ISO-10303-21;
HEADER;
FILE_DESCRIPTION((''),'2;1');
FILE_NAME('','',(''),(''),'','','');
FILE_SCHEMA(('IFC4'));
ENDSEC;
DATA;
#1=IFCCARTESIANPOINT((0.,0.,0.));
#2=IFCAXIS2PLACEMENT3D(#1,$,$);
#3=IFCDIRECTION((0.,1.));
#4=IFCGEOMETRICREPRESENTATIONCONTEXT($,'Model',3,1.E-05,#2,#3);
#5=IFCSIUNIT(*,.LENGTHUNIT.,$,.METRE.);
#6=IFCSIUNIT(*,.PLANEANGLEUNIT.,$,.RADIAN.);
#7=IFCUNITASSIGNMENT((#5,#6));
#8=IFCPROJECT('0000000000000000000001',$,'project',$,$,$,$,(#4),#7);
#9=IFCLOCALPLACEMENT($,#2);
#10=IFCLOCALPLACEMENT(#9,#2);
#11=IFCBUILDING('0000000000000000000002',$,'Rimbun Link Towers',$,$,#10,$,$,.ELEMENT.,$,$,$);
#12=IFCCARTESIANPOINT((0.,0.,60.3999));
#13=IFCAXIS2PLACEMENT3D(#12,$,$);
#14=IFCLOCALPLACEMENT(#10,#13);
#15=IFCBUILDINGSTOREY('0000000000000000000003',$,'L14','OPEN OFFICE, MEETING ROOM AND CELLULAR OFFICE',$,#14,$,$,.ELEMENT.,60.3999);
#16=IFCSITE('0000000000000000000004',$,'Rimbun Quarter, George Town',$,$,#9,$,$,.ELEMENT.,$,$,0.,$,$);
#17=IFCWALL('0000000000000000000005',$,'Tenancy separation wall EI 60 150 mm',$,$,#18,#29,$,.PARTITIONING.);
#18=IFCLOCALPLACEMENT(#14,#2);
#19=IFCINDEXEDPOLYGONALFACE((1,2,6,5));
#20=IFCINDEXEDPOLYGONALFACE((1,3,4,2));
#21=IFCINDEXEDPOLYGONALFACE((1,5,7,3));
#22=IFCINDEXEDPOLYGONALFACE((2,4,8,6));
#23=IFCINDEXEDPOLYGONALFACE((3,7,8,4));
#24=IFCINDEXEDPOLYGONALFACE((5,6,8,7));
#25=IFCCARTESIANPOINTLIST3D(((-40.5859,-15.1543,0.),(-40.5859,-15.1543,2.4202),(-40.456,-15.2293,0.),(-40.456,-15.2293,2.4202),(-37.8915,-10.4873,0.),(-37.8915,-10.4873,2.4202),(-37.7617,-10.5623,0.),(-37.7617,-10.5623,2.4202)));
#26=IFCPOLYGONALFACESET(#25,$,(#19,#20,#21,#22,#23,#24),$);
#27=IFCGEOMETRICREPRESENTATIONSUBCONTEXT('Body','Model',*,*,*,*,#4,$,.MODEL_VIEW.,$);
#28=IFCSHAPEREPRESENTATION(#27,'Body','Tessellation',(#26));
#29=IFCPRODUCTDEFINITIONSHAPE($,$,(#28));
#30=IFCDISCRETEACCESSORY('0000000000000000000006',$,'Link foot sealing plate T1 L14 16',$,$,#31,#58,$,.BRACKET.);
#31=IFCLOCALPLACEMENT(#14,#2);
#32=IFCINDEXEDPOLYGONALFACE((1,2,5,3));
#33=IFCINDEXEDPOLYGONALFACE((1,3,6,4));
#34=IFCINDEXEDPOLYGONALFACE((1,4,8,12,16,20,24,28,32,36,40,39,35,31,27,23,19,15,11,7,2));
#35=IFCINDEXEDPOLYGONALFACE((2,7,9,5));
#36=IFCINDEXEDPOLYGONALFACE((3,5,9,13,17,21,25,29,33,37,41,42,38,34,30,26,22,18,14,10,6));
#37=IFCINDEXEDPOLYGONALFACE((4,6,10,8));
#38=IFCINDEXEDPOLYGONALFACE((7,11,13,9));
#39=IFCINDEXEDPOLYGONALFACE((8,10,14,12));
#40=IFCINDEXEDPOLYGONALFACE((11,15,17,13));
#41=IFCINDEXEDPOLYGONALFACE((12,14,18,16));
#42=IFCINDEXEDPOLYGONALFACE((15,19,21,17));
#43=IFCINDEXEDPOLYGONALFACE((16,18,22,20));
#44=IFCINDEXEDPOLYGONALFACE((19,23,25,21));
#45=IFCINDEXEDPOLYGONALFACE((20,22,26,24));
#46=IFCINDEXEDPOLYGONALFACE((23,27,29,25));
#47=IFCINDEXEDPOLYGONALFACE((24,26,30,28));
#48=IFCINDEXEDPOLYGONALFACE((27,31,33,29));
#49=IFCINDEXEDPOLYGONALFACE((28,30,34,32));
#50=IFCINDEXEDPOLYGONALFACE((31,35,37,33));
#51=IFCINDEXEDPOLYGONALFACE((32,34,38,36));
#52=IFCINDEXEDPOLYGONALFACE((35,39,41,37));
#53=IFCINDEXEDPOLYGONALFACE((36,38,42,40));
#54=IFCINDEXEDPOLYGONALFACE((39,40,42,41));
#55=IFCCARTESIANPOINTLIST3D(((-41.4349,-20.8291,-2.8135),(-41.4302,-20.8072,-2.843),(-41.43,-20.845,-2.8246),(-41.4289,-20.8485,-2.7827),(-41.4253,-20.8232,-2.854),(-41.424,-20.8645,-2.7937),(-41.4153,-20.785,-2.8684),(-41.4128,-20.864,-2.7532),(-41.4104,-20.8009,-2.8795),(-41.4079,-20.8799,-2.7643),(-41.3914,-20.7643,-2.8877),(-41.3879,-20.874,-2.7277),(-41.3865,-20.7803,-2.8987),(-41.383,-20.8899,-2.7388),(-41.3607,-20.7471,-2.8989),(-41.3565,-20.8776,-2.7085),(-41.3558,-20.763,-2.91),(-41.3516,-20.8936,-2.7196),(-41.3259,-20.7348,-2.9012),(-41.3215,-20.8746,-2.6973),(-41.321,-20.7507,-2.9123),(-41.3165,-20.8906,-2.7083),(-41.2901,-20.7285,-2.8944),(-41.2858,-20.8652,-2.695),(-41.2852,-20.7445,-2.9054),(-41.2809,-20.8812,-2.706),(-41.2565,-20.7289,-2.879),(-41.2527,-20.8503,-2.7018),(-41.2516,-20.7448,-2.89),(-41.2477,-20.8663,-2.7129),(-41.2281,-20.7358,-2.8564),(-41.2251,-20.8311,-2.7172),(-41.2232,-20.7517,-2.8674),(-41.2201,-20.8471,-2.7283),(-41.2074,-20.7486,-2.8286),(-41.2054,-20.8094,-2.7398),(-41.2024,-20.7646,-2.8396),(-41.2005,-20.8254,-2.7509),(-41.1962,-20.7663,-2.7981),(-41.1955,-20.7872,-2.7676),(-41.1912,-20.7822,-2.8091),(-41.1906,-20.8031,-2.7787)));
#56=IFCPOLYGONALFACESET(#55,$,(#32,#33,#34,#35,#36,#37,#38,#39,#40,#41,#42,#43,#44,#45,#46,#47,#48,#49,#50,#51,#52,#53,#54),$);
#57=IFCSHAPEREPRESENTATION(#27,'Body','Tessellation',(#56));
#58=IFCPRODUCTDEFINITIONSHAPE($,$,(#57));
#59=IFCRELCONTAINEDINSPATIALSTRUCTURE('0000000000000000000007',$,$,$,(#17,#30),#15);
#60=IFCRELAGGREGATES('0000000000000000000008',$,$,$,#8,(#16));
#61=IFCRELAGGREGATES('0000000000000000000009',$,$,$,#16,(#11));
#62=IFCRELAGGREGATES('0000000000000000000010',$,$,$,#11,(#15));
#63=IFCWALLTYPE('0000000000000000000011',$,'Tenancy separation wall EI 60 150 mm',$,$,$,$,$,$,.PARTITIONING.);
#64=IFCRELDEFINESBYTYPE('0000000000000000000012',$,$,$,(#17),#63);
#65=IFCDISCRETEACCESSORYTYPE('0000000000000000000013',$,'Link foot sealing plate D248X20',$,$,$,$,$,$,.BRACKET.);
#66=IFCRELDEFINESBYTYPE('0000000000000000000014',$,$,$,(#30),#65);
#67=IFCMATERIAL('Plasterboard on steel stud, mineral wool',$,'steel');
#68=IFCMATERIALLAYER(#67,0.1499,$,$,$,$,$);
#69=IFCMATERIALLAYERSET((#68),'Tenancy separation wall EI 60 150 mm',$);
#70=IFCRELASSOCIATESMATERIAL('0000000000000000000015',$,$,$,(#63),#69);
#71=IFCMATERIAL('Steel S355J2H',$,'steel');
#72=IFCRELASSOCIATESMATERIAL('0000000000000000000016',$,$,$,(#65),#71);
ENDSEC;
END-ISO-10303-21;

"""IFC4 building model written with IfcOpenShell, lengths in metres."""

from ifc_helpers import new_model, si_unit, direction, frame, frame_2d, origin, origin_2d, place, context, subcontext, project, spatial, rectangle, circle, extrude, material, layer, layer_set, material_profile, profile_set, type_object, element, save


model = new_model("IFC4")

# Units and contexts
model_context = context("Model", 3, precision=1e-05, world=origin(), true_north=direction((0.0, 1.0)))
body_context = subcontext(model_context, "Body", "Model", "MODEL_VIEW")
ifc_project = project(units=[si_unit("LENGTHUNIT", "METRE"), si_unit("PLANEANGLEUNIT", "RADIAN")], contexts=[model_context])

# Site, building, storey
site_placement = place(None, origin())
site = spatial("IfcSite", under=ifc_project, at=site_placement, Name="Rimbun Quarter, George Town", CompositionType="ELEMENT", RefElevation=0.0)
building_placement = place(site_placement, origin())
building = spatial("IfcBuilding", under=site, at=building_placement, Name="Rimbun Link Towers", CompositionType="ELEMENT")
storey_placement = place(building_placement, frame((0.0, 0.0, 60.3999)))
storey = spatial("IfcBuildingStorey", under=building, at=storey_placement, Name="L14", Description="OPEN OFFICE, MEETING ROOM AND CELLULAR OFFICE", CompositionType="ELEMENT", Elevation=60.3999)

# Wall
ifc_material_1 = material(Name="Plasterboard on steel stud, mineral wool", Category="steel")
ifc_layer_1 = layer(ifc_material_1, 0.1499)
ifc_layer_set_1 = layer_set([ifc_layer_1], Name="Tenancy separation wall EI 60 150 mm")
wall_type_1 = type_object("IfcWallType", Name="Tenancy separation wall EI 60 150 mm", PredefinedType="PARTITIONING", material=ifc_layer_set_1)
wall_1_placement = place(storey_placement, frame((-37.8267, -10.5249, 0.0), z_axis=(0.0, 0.0, 1.0), x_axis=(-0.499979, -0.866038, 0.0)))
element("IfcWall", 1, at=wall_1_placement, inside=storey, type_object=wall_type_1, Name="Tenancy separation wall EI 60 150 mm", PredefinedType="PARTITIONING", context=body_context, shape_type="SweptSolid", body=[
    extrude(rectangle(XDim=5.3889, YDim=0.1499, at=frame_2d((2.6943, 0.0))), origin(), (0.0, 0.0, 1.0), 2.4202),
])

# Discrete accessory
ifc_material_2 = material(Name="Steel S355J2H", Category="steel")
ifc_material_profile_1 = material_profile(ifc_material_2, circle(Radius=0.124, at=origin_2d()), Name="PL D248")
ifc_profile_set_1 = profile_set([ifc_material_profile_1], Name="Steel S355J2H")
discrete_accessory_type = type_object("IfcDiscreteAccessoryType", Name="Link foot sealing plate D248X20", PredefinedType="BRACKET", material=ifc_profile_set_1)
discrete_accessory_placement = place(storey_placement, frame((-41.3147, -20.8027, -2.7981), z_axis=(0.245256, -0.797081, -0.551825), x_axis=(0.955779, 0.294086, 0.0)))
element("IfcDiscreteAccessory", 2, at=discrete_accessory_placement, inside=storey, type_object=discrete_accessory_type, Name="Link foot sealing plate T1 L14 16", PredefinedType="BRACKET", context=body_context, shape_type="SweptSolid", body=[
    extrude(circle(Radius=0.124, at=origin_2d()), origin(), (0.0, 0.0, 1.0), 0.02),
])

save(model, "model.ifc")
